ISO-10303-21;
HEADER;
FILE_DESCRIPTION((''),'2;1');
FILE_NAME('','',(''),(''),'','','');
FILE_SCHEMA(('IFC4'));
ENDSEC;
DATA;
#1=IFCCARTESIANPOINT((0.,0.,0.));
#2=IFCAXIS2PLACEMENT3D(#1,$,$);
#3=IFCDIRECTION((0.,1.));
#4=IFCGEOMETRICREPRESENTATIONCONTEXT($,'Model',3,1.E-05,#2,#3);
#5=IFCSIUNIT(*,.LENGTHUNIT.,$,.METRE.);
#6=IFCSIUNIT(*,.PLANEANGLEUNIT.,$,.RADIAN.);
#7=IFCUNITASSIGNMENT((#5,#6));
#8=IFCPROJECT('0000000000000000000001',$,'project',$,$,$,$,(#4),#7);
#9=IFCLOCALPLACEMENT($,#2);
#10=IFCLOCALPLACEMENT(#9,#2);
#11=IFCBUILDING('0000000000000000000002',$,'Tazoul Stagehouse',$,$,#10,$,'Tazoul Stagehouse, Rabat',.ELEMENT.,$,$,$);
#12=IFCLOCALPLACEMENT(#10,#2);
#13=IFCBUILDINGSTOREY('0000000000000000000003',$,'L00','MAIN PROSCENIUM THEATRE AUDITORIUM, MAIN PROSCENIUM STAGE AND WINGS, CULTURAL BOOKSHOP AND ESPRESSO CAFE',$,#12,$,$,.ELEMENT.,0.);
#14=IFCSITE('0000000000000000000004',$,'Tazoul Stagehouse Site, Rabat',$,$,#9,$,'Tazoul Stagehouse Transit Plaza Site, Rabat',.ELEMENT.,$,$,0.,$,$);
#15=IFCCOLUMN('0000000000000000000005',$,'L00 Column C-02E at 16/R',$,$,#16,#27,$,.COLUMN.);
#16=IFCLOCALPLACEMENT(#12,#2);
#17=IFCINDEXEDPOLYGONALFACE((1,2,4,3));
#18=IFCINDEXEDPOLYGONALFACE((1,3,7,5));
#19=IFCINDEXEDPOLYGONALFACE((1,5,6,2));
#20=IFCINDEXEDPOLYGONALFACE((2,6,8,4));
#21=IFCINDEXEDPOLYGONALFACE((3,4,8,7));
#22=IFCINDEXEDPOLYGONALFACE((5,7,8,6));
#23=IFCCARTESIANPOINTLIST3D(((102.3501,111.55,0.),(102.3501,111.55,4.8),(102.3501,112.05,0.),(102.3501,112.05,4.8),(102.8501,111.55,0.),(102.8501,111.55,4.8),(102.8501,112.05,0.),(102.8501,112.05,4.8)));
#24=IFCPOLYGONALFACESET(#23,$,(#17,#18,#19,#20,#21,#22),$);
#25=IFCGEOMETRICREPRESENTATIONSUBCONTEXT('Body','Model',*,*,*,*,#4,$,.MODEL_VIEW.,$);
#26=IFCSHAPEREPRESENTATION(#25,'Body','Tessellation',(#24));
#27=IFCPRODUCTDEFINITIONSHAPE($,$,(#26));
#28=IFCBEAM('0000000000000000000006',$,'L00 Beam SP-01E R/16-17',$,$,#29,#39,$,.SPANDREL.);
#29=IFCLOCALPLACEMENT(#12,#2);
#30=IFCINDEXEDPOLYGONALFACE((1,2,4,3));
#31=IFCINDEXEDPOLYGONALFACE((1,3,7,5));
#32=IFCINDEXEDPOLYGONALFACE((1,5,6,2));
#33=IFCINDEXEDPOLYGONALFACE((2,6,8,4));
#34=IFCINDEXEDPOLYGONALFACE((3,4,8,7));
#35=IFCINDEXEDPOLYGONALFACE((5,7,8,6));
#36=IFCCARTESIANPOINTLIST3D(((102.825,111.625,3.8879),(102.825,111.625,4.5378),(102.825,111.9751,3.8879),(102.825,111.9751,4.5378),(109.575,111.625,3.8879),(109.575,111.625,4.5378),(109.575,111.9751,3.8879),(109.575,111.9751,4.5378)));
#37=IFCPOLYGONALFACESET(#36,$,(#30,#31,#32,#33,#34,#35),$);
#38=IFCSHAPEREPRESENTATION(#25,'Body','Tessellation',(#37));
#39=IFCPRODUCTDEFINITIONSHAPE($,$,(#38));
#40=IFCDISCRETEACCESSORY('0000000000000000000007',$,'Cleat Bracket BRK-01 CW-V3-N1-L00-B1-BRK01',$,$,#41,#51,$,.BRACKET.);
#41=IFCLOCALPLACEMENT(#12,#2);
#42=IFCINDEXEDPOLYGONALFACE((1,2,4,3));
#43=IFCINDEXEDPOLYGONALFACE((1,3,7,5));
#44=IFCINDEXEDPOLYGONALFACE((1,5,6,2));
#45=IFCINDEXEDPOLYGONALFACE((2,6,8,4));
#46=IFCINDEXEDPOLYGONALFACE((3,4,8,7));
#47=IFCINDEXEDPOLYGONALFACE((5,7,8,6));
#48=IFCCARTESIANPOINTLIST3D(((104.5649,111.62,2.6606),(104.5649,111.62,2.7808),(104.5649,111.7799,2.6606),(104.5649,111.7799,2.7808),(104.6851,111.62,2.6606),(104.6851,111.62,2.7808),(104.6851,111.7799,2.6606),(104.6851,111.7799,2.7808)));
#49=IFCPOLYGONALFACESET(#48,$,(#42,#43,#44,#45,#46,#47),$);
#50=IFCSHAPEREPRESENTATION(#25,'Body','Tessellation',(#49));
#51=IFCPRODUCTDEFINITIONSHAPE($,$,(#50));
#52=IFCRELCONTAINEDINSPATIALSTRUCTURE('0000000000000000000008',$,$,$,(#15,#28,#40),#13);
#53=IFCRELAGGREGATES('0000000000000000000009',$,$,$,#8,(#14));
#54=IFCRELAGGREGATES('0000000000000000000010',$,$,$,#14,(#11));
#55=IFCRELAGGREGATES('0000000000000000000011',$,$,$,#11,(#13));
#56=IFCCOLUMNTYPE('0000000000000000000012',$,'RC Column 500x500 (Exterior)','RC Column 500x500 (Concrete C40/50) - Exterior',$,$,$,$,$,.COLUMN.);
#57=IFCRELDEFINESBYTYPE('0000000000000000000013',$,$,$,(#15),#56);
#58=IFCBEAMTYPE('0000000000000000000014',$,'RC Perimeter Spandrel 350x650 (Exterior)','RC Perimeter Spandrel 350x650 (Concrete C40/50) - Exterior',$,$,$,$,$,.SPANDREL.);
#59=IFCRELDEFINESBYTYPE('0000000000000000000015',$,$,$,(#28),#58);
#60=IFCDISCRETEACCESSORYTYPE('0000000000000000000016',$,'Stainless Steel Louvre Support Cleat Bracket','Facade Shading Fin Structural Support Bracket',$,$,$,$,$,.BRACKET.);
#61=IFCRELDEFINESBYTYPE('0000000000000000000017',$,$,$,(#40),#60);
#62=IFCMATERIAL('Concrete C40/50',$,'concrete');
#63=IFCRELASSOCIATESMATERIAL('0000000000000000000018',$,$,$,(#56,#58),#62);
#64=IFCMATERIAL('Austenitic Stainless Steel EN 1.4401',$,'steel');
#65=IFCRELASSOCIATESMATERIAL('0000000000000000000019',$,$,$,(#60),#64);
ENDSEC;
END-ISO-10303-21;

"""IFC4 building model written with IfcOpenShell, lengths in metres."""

from ifc_helpers import new_model, si_unit, direction, frame, origin, origin_2d, place, context, subcontext, project, spatial, rectangle, extrude, material, material_profile, profile_set, type_object, element, save


model = new_model("IFC4")

# Units and contexts
model_context = context("Model", 3, precision=1e-05, world=origin(), true_north=direction((0.0, 1.0)))
body_context = subcontext(model_context, "Body", "Model", "MODEL_VIEW")
ifc_project = project(units=[si_unit("LENGTHUNIT", "METRE"), si_unit("PLANEANGLEUNIT", "RADIAN")], contexts=[model_context])

# Site, building, storey
site_placement = place(None, origin())
site = spatial("IfcSite", under=ifc_project, at=site_placement, Name="Tazoul Stagehouse Site, Rabat", LongName="Tazoul Stagehouse Transit Plaza Site, Rabat", CompositionType="ELEMENT", RefElevation=0.0)
building_placement = place(site_placement, origin())
building = spatial("IfcBuilding", under=site, at=building_placement, Name="Tazoul Stagehouse", LongName="Tazoul Stagehouse, Rabat", CompositionType="ELEMENT")
storey_placement = place(building_placement, origin())
storey = spatial("IfcBuildingStorey", under=building, at=storey_placement, Name="L00", Description="MAIN PROSCENIUM THEATRE AUDITORIUM, MAIN PROSCENIUM STAGE AND WINGS, CULTURAL BOOKSHOP AND ESPRESSO CAFE", CompositionType="ELEMENT", Elevation=0.0)

# Column
ifc_material_1 = material(Name="Concrete C40/50", Category="concrete")
ifc_material_profile_1 = material_profile(ifc_material_1, rectangle(XDim=0.5, YDim=0.5, at=origin_2d()), Name="RC 500x500")
ifc_profile_set_1 = profile_set([ifc_material_profile_1], Name="Concrete C40/50")
column_type = type_object("IfcColumnType", Name="RC Column 500x500 (Exterior)", Description="RC Column 500x500 (Concrete C40/50) - Exterior", PredefinedType="COLUMN", material=ifc_profile_set_1)
column_placement = place(storey_placement, frame((102.6001, 111.8, 0.0), z_axis=(0.0, 0.0, 1.0), x_axis=(1.0, 0.0, 0.0)))
element("IfcColumn", 1, at=column_placement, inside=storey, type_object=column_type, Name="L00 Column C-02E at 16/R", PredefinedType="COLUMN", context=body_context, shape_type="SweptSolid", body=[
    extrude(rectangle(XDim=0.5, YDim=0.5, at=origin_2d()), origin(), (0.0, 0.0, 1.0), 4.8),
])

# Beam
ifc_material_profile_2 = material_profile(ifc_material_1, rectangle(XDim=0.3501, YDim=0.6499, at=origin_2d()), Name="RC 350x650")
ifc_profile_set_2 = profile_set([ifc_material_profile_2], Name="Concrete C40/50")
beam_type = type_object("IfcBeamType", Name="RC Perimeter Spandrel 350x650 (Exterior)", Description="RC Perimeter Spandrel 350x650 (Concrete C40/50) - Exterior", PredefinedType="SPANDREL", material=ifc_profile_set_2)
beam_placement = place(storey_placement, frame((102.825, 111.8, 4.2129), z_axis=(1.0, 0.0, 0.0), x_axis=(0.0, 1.0, 0.0)))
element("IfcBeam", 2, at=beam_placement, inside=storey, type_object=beam_type, Name="L00 Beam SP-01E R/16-17", PredefinedType="SPANDREL", context=body_context, shape_type="SweptSolid", body=[
    extrude(rectangle(XDim=0.3501, YDim=0.6499, at=origin_2d()), origin(), (0.0, 0.0, 1.0), 6.75),
])

# Discrete accessory
ifc_material_2 = material(Name="Austenitic Stainless Steel EN 1.4401", Category="steel")
discrete_accessory_type = type_object("IfcDiscreteAccessoryType", Name="Stainless Steel Louvre Support Cleat Bracket", Description="Facade Shading Fin Structural Support Bracket", PredefinedType="BRACKET", material=ifc_material_2)
discrete_accessory_placement = place(storey_placement, frame((104.625, 111.7, 2.6606), z_axis=(0.0, 0.0, 1.0), x_axis=(1.0, 0.0, 0.0)))
element("IfcDiscreteAccessory", 3, at=discrete_accessory_placement, inside=storey, type_object=discrete_accessory_type, Name="Cleat Bracket BRK-01 CW-V3-N1-L00-B1-BRK01", PredefinedType="BRACKET", context=body_context, shape_type="SweptSolid", body=[
    extrude(rectangle(XDim=0.1201, YDim=0.1599, at=origin_2d()), origin(), (0.0, 0.0, 1.0), 0.1201),
])

save(model, "model.ifc")
